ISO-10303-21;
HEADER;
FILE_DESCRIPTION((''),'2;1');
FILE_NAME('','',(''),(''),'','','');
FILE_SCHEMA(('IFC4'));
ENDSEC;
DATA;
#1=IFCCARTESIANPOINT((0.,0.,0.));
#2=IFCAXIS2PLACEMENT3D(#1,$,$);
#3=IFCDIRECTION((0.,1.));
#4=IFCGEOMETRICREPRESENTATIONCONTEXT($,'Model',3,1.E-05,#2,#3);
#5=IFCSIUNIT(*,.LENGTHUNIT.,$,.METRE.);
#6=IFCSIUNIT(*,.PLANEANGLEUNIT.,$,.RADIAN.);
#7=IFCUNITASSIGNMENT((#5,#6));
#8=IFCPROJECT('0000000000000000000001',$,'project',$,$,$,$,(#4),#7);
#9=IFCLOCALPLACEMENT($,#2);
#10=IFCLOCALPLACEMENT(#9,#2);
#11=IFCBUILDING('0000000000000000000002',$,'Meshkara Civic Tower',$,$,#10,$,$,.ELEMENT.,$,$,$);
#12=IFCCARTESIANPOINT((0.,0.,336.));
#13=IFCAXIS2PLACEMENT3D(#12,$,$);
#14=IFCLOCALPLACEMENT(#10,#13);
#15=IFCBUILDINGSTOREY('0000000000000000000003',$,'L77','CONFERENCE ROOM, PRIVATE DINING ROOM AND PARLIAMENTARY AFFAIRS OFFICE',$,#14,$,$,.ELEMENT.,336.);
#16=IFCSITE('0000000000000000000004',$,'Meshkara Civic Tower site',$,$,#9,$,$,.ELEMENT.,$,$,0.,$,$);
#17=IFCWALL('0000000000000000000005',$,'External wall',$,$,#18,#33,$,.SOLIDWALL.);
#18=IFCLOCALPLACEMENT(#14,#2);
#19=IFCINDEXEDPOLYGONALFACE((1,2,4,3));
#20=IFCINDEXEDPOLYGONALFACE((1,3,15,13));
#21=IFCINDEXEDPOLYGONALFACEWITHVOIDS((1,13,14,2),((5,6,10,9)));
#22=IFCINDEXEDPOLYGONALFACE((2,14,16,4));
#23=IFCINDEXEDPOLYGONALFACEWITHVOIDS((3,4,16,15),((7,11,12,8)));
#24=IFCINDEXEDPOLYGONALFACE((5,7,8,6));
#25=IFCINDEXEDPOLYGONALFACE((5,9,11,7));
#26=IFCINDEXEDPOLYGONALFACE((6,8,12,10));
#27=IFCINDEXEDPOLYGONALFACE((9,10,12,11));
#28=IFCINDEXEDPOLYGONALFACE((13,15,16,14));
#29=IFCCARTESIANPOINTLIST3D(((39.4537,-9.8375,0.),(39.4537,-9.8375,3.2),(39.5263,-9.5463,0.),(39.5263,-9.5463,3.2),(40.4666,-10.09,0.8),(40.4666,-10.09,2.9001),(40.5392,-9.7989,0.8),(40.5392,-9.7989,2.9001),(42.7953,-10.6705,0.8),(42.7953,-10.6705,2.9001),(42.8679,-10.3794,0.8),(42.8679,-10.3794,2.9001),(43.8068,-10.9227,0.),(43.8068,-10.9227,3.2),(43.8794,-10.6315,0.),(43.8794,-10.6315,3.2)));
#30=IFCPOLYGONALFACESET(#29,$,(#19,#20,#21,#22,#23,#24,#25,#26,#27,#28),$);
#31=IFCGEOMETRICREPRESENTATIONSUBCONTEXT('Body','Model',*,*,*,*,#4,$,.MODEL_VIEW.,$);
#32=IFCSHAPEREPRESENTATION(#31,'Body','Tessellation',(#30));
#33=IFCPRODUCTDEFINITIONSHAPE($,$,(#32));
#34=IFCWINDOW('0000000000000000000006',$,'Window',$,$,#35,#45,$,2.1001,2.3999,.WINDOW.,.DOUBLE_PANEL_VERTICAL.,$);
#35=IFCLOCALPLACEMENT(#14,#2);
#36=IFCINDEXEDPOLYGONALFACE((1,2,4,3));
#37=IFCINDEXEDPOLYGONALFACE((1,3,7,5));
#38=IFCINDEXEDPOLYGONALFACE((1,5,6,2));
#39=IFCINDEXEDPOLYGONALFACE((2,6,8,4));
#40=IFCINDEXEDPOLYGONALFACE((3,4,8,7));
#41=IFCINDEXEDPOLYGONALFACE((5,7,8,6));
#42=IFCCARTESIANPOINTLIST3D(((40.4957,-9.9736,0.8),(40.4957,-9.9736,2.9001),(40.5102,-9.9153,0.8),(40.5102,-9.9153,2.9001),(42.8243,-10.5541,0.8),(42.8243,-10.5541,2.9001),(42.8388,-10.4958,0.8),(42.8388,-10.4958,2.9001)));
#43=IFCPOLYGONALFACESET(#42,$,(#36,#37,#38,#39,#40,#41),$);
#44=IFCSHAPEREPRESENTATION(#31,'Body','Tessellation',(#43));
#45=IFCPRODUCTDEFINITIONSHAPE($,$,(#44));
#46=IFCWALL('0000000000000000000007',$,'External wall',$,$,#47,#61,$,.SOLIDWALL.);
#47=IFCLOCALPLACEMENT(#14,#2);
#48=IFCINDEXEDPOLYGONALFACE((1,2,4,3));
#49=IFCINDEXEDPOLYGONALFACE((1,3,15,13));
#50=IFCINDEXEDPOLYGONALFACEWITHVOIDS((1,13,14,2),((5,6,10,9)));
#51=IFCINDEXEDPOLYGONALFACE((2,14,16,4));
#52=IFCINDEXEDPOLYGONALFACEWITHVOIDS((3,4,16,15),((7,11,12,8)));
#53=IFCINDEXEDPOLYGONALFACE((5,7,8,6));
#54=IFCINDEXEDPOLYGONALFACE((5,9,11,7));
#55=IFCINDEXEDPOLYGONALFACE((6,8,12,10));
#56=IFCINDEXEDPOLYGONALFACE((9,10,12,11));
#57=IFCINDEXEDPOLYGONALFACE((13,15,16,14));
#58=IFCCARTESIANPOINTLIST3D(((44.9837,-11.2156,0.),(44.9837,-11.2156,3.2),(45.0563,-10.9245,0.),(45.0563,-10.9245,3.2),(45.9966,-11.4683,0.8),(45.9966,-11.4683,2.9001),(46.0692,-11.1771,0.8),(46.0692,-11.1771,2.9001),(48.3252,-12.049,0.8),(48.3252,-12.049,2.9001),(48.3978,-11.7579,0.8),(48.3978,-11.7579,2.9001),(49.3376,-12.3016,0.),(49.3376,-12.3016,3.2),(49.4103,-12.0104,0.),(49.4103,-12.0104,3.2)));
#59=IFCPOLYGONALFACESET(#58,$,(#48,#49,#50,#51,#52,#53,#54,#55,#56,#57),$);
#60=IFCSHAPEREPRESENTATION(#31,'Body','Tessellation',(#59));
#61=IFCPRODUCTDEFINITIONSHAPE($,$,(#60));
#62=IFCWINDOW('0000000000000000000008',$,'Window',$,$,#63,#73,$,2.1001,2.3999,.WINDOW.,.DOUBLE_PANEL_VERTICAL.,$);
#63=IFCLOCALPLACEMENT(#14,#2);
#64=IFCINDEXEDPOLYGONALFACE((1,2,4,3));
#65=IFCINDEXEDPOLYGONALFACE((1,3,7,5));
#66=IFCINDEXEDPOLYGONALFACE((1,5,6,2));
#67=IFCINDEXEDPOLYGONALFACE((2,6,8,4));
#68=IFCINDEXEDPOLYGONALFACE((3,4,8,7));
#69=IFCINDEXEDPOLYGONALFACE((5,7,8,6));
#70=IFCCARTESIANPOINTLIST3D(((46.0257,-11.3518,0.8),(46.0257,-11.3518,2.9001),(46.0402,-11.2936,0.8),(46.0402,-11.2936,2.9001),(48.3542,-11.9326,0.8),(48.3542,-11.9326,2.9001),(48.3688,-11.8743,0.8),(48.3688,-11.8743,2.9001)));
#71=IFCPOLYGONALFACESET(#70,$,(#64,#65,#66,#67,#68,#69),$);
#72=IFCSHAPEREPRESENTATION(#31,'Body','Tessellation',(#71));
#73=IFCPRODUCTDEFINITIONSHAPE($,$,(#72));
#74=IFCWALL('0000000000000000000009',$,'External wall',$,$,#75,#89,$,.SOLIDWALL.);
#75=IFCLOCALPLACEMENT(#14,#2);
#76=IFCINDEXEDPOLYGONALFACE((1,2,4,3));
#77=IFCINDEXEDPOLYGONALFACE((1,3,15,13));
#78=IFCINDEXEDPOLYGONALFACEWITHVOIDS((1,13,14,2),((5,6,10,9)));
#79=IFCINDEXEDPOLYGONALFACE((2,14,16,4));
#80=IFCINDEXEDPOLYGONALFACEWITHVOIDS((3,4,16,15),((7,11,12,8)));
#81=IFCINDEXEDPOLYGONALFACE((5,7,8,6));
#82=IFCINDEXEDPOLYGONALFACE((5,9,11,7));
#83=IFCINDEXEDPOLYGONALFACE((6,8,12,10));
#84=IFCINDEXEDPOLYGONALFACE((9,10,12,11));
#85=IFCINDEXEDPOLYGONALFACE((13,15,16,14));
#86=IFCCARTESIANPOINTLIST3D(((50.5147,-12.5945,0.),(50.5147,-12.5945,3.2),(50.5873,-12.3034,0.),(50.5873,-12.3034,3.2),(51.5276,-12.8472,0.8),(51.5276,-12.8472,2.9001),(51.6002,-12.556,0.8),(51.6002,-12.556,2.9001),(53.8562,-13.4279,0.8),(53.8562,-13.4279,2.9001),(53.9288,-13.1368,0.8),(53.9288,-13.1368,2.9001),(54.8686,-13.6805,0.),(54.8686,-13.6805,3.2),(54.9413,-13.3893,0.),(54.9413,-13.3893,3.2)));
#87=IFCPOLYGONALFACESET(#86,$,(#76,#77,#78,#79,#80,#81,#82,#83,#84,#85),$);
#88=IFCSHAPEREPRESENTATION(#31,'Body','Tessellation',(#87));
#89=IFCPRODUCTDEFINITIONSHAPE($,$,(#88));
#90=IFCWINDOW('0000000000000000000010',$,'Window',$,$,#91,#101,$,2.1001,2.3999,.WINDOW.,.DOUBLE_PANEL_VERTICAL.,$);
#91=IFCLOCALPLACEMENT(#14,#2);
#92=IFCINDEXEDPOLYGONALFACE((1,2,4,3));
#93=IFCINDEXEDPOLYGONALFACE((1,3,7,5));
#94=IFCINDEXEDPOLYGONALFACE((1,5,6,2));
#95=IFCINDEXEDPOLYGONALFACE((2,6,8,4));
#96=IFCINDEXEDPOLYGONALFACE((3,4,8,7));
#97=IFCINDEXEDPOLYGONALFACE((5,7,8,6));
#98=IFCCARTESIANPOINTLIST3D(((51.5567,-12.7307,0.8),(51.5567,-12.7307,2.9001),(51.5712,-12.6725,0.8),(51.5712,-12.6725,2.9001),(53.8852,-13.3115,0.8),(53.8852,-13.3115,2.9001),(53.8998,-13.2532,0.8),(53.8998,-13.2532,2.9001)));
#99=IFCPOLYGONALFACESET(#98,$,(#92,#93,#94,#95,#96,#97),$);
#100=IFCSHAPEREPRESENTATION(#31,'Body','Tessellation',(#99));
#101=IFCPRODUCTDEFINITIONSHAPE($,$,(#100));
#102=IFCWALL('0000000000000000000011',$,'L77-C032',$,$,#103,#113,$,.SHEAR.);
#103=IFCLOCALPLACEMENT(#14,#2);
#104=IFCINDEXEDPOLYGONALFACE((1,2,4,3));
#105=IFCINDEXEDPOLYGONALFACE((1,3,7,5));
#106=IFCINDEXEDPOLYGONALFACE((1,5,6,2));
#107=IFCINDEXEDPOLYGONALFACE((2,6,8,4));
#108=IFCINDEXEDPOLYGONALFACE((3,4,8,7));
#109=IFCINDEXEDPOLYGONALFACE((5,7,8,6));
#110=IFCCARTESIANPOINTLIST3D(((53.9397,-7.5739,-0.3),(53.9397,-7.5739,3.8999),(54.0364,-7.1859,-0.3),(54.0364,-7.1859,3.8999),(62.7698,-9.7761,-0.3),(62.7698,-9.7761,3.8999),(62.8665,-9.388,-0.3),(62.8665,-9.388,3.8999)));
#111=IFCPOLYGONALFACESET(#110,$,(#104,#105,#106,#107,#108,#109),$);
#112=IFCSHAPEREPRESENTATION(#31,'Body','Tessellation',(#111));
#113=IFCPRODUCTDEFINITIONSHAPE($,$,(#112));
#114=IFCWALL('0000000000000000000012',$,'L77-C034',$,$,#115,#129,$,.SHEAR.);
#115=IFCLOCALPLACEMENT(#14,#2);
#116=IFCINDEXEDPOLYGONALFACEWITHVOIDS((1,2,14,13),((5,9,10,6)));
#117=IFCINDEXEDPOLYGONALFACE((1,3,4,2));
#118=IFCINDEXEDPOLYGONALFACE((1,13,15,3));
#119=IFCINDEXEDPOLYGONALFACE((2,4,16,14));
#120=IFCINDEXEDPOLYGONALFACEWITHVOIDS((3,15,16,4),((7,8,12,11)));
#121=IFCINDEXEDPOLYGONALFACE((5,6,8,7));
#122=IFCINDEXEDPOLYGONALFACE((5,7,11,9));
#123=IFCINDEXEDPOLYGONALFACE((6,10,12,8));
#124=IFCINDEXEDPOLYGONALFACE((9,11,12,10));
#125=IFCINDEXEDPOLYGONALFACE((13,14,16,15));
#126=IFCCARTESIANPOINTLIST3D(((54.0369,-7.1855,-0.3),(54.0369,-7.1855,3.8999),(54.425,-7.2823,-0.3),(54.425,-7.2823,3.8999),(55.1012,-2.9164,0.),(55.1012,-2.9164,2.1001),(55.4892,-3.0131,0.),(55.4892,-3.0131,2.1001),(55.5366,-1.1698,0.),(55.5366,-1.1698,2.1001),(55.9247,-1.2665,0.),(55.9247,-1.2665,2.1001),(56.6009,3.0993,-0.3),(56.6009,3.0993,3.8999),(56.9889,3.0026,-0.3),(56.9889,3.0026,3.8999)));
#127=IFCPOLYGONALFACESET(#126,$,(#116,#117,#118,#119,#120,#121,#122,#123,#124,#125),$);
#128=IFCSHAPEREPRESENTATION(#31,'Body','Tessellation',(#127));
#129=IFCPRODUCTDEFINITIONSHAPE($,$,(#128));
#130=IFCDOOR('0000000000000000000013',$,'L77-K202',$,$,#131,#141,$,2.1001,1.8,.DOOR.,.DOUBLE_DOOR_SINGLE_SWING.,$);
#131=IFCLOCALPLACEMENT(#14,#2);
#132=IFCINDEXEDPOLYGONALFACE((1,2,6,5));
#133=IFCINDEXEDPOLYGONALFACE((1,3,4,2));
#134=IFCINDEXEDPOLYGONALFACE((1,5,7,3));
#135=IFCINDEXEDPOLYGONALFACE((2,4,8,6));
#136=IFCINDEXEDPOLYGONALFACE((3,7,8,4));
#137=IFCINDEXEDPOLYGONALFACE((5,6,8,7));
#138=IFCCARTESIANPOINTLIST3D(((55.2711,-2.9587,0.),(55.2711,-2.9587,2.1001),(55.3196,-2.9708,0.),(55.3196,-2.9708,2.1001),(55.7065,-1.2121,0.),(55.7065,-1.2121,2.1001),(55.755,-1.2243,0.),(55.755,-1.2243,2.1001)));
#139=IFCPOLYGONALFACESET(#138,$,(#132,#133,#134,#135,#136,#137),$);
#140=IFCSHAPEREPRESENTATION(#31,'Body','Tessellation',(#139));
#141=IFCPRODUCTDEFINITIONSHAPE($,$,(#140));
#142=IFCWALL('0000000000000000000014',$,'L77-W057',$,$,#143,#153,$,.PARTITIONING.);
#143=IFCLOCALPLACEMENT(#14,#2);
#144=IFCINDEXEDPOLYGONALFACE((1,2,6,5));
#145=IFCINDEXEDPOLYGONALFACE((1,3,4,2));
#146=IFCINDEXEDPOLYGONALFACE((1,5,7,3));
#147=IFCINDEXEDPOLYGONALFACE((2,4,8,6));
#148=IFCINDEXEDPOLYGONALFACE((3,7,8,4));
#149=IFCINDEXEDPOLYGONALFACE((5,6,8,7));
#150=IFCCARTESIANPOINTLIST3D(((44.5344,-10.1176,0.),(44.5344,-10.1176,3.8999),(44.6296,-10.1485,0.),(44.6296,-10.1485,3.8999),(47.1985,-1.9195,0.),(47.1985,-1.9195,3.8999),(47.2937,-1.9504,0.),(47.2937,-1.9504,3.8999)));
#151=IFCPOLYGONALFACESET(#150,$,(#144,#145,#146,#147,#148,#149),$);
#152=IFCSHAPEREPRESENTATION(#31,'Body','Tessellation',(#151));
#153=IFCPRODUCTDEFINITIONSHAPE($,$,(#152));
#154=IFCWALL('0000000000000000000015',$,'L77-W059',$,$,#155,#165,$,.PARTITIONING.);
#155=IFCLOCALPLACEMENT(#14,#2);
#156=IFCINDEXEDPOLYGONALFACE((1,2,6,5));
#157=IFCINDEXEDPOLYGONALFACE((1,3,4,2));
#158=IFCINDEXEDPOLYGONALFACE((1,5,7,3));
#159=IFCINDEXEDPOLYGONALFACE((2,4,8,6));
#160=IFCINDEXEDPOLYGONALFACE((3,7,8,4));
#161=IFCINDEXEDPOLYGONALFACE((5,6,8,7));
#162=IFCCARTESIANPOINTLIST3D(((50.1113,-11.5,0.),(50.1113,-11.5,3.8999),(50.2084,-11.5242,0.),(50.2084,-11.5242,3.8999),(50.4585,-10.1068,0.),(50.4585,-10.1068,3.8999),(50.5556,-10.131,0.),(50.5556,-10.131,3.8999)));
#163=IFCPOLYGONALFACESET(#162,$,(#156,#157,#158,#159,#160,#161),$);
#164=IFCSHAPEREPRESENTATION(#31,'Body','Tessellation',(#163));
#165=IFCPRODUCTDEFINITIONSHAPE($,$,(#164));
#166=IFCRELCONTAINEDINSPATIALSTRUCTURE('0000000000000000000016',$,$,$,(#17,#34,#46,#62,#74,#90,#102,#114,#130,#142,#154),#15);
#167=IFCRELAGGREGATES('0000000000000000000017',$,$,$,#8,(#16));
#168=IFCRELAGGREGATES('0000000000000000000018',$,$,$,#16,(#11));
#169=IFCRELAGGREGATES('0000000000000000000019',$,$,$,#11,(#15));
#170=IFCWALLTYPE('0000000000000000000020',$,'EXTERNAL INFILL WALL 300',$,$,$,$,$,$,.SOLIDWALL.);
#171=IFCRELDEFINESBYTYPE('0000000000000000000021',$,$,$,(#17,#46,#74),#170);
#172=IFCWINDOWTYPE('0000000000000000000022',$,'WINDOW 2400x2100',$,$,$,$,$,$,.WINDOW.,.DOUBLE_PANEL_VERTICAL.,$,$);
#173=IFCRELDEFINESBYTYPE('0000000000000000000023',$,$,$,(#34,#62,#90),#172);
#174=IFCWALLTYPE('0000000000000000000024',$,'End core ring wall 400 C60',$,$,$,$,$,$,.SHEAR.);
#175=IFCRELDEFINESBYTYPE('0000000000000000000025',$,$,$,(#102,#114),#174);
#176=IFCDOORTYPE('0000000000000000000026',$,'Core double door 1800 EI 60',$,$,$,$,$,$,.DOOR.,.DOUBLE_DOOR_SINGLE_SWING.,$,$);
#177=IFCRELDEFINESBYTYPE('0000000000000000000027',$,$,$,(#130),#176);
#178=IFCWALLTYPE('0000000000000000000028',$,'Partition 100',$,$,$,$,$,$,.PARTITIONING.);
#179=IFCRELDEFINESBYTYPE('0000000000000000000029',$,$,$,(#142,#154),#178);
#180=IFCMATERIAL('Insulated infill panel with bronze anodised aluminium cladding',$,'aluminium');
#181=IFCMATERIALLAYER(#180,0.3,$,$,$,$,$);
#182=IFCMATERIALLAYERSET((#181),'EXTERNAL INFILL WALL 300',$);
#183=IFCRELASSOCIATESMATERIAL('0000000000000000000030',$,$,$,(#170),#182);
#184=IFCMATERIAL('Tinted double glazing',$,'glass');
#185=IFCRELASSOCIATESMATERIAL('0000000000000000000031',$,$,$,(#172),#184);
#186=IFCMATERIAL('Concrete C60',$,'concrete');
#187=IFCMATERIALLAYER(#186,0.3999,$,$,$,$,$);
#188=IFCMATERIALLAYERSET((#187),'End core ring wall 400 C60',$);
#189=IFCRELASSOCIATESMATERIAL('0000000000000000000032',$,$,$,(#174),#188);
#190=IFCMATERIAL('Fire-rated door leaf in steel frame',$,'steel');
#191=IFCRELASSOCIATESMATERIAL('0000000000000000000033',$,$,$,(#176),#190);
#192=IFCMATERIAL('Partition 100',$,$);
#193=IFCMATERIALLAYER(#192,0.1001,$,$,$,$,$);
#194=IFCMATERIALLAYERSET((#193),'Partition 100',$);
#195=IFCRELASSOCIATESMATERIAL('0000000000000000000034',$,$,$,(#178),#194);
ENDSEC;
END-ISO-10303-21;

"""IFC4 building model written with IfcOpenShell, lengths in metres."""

from ifc_helpers import new_model, si_unit, direction, frame, frame_2d, origin, place, context, subcontext, project, spatial, rectangle, extrude, material, layer, layer_set, type_object, element, fill, save


model = new_model("IFC4")

# Units and contexts
model_context = context("Model", 3, precision=1e-05, world=origin(), true_north=direction((0.0, 1.0)))
body_context = subcontext(model_context, "Body", "Model", "MODEL_VIEW")
ifc_project = project(units=[si_unit("LENGTHUNIT", "METRE"), si_unit("PLANEANGLEUNIT", "RADIAN")], contexts=[model_context])

# Site, building, storey
site_placement = place(None, origin())
site = spatial("IfcSite", under=ifc_project, at=site_placement, Name="Meshkara Civic Tower site", CompositionType="ELEMENT", RefElevation=0.0)
building_placement = place(site_placement, origin())
building = spatial("IfcBuilding", under=site, at=building_placement, Name="Meshkara Civic Tower", CompositionType="ELEMENT")
storey_placement = place(building_placement, frame((0.0, 0.0, 336.0)))
storey = spatial("IfcBuildingStorey", under=building, at=storey_placement, Name="L77", Description="CONFERENCE ROOM, PRIVATE DINING ROOM AND PARLIAMENTARY AFFAIRS OFFICE", CompositionType="ELEMENT", Elevation=336.0)

# Walls, openings, windows
ifc_material_1 = material(Name="Insulated infill panel with bronze anodised aluminium cladding", Category="aluminium")
ifc_layer_1 = layer(ifc_material_1, 0.3)
ifc_layer_set_1 = layer_set([ifc_layer_1], Name="EXTERNAL INFILL WALL 300")
wall_type_1 = type_object("IfcWallType", Name="EXTERNAL INFILL WALL 300", PredefinedType="SOLIDWALL", material=ifc_layer_set_1)
wall_1_placement = place(storey_placement, frame((39.49, -9.6919, 0.0), z_axis=(0.0, 0.0, 1.0), x_axis=(0.970302, -0.241895, 0.0)))
wall_1 = element("IfcWall", 1, at=wall_1_placement, inside=storey, type_object=wall_type_1, Name="External wall", PredefinedType="SOLIDWALL", context=body_context, shape_type="SweptSolid", body=[
    extrude(rectangle(XDim=4.4863, YDim=0.3, at=frame_2d((2.2432, 0.0))), origin(), (0.0, 0.0, 1.0), 3.2),
])
opening_1_placement = place(wall_1_placement, frame((1.0439, 0.0, 0.8)))
opening_1 = element("IfcOpeningElement", 2, at=opening_1_placement, cuts=wall_1, PredefinedType="OPENING", context=body_context, shape_type="SweptSolid", body=[
    extrude(rectangle(XDim=2.3999, YDim=2.1001, at=frame_2d((1.2, 1.05))), frame((0.0, 0.1599, 0.0), z_axis=(0.0, -1.0, 0.0), x_axis=(1.0, 0.0, 0.0)), (0.0, 0.0, 1.0), 0.3201),
])
ifc_material_2 = material(Name="Tinted double glazing", Category="glass")
window_type = type_object("IfcWindowType", Name="WINDOW 2400x2100", PartitioningType="DOUBLE_PANEL_VERTICAL", PredefinedType="WINDOW", material=ifc_material_2)
window_1_placement = place(opening_1_placement, origin())
window_1 = element("IfcWindow", 3, at=window_1_placement, inside=storey, type_object=window_type, Name="Window", OverallHeight=2.1001, OverallWidth=2.3999, PartitioningType="DOUBLE_PANEL_VERTICAL", PredefinedType="WINDOW", context=body_context, shape_type="SweptSolid", body=[
    extrude(rectangle(XDim=2.3999, YDim=2.1001, at=frame_2d((1.2, 1.05))), frame((0.0, 0.03, 0.0), z_axis=(0.0, -1.0, 0.0), x_axis=(1.0, 0.0, 0.0)), (0.0, 0.0, 1.0), 0.0601),
])
fill(opening_1, window_1)
wall_2_placement = place(storey_placement, frame((45.02, -11.0701, 0.0), z_axis=(0.0, 0.0, 1.0), x_axis=(0.970277, -0.241998, 0.0)))
wall_2 = element("IfcWall", 4, at=wall_2_placement, inside=storey, type_object=wall_type_1, Name="External wall", PredefinedType="SOLIDWALL", context=body_context, shape_type="SweptSolid", body=[
    extrude(rectangle(XDim=4.4873, YDim=0.3, at=frame_2d((2.2437, 0.0))), origin(), (0.0, 0.0, 1.0), 3.2),
])
opening_2_placement = place(wall_2_placement, frame((1.0439, 0.0, 0.8)))
opening_2 = element("IfcOpeningElement", 5, at=opening_2_placement, cuts=wall_2, PredefinedType="OPENING", context=body_context, shape_type="SweptSolid", body=[
    extrude(rectangle(XDim=2.3999, YDim=2.1001, at=frame_2d((1.2, 1.05))), frame((0.0, 0.1599, 0.0), z_axis=(0.0, -1.0, 0.0), x_axis=(1.0, 0.0, 0.0)), (0.0, 0.0, 1.0), 0.3201),
])
window_2_placement = place(opening_2_placement, origin())
window_2 = element("IfcWindow", 6, at=window_2_placement, inside=storey, type_object=window_type, Name="Window", OverallHeight=2.1001, OverallWidth=2.3999, PartitioningType="DOUBLE_PANEL_VERTICAL", PredefinedType="WINDOW", context=body_context, shape_type="SweptSolid", body=[
    extrude(rectangle(XDim=2.3999, YDim=2.1001, at=frame_2d((1.2, 1.05))), frame((0.0, 0.03, 0.0), z_axis=(0.0, -1.0, 0.0), x_axis=(1.0, 0.0, 0.0)), (0.0, 0.0, 1.0), 0.0601),
])
fill(opening_2, window_2)
wall_3_placement = place(storey_placement, frame((50.551, -12.449, 0.0), z_axis=(0.0, 0.0, 1.0), x_axis=(0.970277, -0.241998, 0.0)))
wall_3 = element("IfcWall", 7, at=wall_3_placement, inside=storey, type_object=wall_type_1, Name="External wall", PredefinedType="SOLIDWALL", context=body_context, shape_type="SweptSolid", body=[
    extrude(rectangle(XDim=4.4873, YDim=0.3, at=frame_2d((2.2437, 0.0))), origin(), (0.0, 0.0, 1.0), 3.2),
])
opening_3_placement = place(wall_3_placement, frame((1.0439, 0.0, 0.8)))
opening_3 = element("IfcOpeningElement", 8, at=opening_3_placement, cuts=wall_3, PredefinedType="OPENING", context=body_context, shape_type="SweptSolid", body=[
    extrude(rectangle(XDim=2.3999, YDim=2.1001, at=frame_2d((1.2, 1.05))), frame((0.0, 0.1599, 0.0), z_axis=(0.0, -1.0, 0.0), x_axis=(1.0, 0.0, 0.0)), (0.0, 0.0, 1.0), 0.3201),
])
window_3_placement = place(opening_3_placement, origin())
window_3 = element("IfcWindow", 9, at=window_3_placement, inside=storey, type_object=window_type, Name="Window", OverallHeight=2.1001, OverallWidth=2.3999, PartitioningType="DOUBLE_PANEL_VERTICAL", PredefinedType="WINDOW", context=body_context, shape_type="SweptSolid", body=[
    extrude(rectangle(XDim=2.3999, YDim=2.1001, at=frame_2d((1.2, 1.05))), frame((0.0, 0.03, 0.0), z_axis=(0.0, -1.0, 0.0), x_axis=(1.0, 0.0, 0.0)), (0.0, 0.0, 1.0), 0.0601),
])
fill(opening_3, window_3)

# Wall
ifc_material_3 = material(Name="Concrete C60", Category="concrete")
ifc_layer_2 = layer(ifc_material_3, 0.3999)
ifc_layer_set_2 = layer_set([ifc_layer_2], Name="End core ring wall 400 C60")
wall_type_2 = type_object("IfcWallType", Name="End core ring wall 400 C60", PredefinedType="SHEAR", material=ifc_layer_set_2)
wall_4_placement = place(storey_placement, frame((53.988, -7.3799, -0.3), z_axis=(0.0, 0.0, 1.0), x_axis=(0.970281, -0.24198, 0.0)))
element("IfcWall", 10, at=wall_4_placement, inside=storey, type_object=wall_type_2, Name="L77-C032", PredefinedType="SHEAR", context=body_context, shape_type="SweptSolid", body=[
    extrude(rectangle(XDim=9.1006, YDim=0.3999, at=frame_2d((4.5503, 0.0))), origin(), (0.0, 0.0, 1.0), 4.2),
])

# Wall, opening, door
wall_5_placement = place(storey_placement, frame((54.231, -7.2339, -0.3), z_axis=(0.0, 0.0, 1.0), x_axis=(0.241891, 0.970304, 0.0)))
wall_5 = element("IfcWall", 11, at=wall_5_placement, inside=storey, type_object=wall_type_2, Name="L77-C034", PredefinedType="SHEAR", context=body_context, shape_type="SweptSolid", body=[
    extrude(rectangle(XDim=10.5996, YDim=0.3999, at=frame_2d((5.2998, 0.0))), origin(), (0.0, 0.0, 1.0), 4.2),
])
opening_4_placement = place(wall_5_placement, frame((4.3999, 0.0, 0.3)))
opening_4 = element("IfcOpeningElement", 12, at=opening_4_placement, cuts=wall_5, PredefinedType="OPENING", context=body_context, shape_type="SweptSolid", body=[
    extrude(rectangle(XDim=1.8, YDim=2.1001, at=frame_2d((0.8999, 1.05))), frame((0.0, 0.21, 0.0), z_axis=(0.0, -1.0, 0.0), x_axis=(1.0, 0.0, 0.0)), (0.0, 0.0, 1.0), 0.4199),
])
ifc_material_4 = material(Name="Fire-rated door leaf in steel frame", Category="steel")
door_type_1 = type_object("IfcDoorType", Name="Core double door 1800 EI 60", OperationType="DOUBLE_DOOR_SINGLE_SWING", PredefinedType="DOOR", material=ifc_material_4)
door_1_placement = place(opening_4_placement, origin())
door_1 = element("IfcDoor", 13, at=door_1_placement, inside=storey, type_object=door_type_1, Name="L77-K202", OperationType="DOUBLE_DOOR_SINGLE_SWING", OverallHeight=2.1001, OverallWidth=1.8, PredefinedType="DOOR", context=body_context, shape_type="SweptSolid", body=[
    extrude(rectangle(XDim=1.8, YDim=2.1001, at=frame_2d((0.8999, 1.05))), frame((0.0, 0.0249, 0.0), z_axis=(0.0, -1.0, 0.0), x_axis=(1.0, 0.0, 0.0)), (0.0, 0.0, 1.0), 0.05),
])
fill(opening_4, door_1)

# Walls
ifc_material_5 = material(Name="Partition 100")
ifc_layer_3 = layer(ifc_material_5, 0.1001)
ifc_layer_set_3 = layer_set([ifc_layer_3], Name="Partition 100")
wall_type_3 = type_object("IfcWallType", Name="Partition 100", PredefinedType="PARTITIONING", material=ifc_layer_set_3)
wall_6_placement = place(storey_placement, frame((44.582, -10.1331, 0.0), z_axis=(0.0, 0.0, 1.0), x_axis=(0.309056, 0.951044, 0.0)))
element("IfcWall", 14, at=wall_6_placement, inside=storey, type_object=wall_type_3, Name="L77-W057", PredefinedType="PARTITIONING", context=body_context, shape_type="SweptSolid", body=[
    extrude(rectangle(XDim=8.6201, YDim=0.1001, at=frame_2d((4.3101, 0.0))), origin(), (0.0, 0.0, 1.0), 3.8999),
])
wall_7_placement = place(storey_placement, frame((50.1599, -11.512, 0.0), z_axis=(0.0, 0.0, 1.0), x_axis=(0.241815, 0.970322, 0.0)))
element("IfcWall", 15, at=wall_7_placement, inside=storey, type_object=wall_type_3, Name="L77-W059", PredefinedType="PARTITIONING", context=body_context, shape_type="SweptSolid", body=[
    extrude(rectangle(XDim=1.4358, YDim=0.1001, at=frame_2d((0.7178, 0.0))), origin(), (0.0, 0.0, 1.0), 3.8999),
])

save(model, "model.ifc")
